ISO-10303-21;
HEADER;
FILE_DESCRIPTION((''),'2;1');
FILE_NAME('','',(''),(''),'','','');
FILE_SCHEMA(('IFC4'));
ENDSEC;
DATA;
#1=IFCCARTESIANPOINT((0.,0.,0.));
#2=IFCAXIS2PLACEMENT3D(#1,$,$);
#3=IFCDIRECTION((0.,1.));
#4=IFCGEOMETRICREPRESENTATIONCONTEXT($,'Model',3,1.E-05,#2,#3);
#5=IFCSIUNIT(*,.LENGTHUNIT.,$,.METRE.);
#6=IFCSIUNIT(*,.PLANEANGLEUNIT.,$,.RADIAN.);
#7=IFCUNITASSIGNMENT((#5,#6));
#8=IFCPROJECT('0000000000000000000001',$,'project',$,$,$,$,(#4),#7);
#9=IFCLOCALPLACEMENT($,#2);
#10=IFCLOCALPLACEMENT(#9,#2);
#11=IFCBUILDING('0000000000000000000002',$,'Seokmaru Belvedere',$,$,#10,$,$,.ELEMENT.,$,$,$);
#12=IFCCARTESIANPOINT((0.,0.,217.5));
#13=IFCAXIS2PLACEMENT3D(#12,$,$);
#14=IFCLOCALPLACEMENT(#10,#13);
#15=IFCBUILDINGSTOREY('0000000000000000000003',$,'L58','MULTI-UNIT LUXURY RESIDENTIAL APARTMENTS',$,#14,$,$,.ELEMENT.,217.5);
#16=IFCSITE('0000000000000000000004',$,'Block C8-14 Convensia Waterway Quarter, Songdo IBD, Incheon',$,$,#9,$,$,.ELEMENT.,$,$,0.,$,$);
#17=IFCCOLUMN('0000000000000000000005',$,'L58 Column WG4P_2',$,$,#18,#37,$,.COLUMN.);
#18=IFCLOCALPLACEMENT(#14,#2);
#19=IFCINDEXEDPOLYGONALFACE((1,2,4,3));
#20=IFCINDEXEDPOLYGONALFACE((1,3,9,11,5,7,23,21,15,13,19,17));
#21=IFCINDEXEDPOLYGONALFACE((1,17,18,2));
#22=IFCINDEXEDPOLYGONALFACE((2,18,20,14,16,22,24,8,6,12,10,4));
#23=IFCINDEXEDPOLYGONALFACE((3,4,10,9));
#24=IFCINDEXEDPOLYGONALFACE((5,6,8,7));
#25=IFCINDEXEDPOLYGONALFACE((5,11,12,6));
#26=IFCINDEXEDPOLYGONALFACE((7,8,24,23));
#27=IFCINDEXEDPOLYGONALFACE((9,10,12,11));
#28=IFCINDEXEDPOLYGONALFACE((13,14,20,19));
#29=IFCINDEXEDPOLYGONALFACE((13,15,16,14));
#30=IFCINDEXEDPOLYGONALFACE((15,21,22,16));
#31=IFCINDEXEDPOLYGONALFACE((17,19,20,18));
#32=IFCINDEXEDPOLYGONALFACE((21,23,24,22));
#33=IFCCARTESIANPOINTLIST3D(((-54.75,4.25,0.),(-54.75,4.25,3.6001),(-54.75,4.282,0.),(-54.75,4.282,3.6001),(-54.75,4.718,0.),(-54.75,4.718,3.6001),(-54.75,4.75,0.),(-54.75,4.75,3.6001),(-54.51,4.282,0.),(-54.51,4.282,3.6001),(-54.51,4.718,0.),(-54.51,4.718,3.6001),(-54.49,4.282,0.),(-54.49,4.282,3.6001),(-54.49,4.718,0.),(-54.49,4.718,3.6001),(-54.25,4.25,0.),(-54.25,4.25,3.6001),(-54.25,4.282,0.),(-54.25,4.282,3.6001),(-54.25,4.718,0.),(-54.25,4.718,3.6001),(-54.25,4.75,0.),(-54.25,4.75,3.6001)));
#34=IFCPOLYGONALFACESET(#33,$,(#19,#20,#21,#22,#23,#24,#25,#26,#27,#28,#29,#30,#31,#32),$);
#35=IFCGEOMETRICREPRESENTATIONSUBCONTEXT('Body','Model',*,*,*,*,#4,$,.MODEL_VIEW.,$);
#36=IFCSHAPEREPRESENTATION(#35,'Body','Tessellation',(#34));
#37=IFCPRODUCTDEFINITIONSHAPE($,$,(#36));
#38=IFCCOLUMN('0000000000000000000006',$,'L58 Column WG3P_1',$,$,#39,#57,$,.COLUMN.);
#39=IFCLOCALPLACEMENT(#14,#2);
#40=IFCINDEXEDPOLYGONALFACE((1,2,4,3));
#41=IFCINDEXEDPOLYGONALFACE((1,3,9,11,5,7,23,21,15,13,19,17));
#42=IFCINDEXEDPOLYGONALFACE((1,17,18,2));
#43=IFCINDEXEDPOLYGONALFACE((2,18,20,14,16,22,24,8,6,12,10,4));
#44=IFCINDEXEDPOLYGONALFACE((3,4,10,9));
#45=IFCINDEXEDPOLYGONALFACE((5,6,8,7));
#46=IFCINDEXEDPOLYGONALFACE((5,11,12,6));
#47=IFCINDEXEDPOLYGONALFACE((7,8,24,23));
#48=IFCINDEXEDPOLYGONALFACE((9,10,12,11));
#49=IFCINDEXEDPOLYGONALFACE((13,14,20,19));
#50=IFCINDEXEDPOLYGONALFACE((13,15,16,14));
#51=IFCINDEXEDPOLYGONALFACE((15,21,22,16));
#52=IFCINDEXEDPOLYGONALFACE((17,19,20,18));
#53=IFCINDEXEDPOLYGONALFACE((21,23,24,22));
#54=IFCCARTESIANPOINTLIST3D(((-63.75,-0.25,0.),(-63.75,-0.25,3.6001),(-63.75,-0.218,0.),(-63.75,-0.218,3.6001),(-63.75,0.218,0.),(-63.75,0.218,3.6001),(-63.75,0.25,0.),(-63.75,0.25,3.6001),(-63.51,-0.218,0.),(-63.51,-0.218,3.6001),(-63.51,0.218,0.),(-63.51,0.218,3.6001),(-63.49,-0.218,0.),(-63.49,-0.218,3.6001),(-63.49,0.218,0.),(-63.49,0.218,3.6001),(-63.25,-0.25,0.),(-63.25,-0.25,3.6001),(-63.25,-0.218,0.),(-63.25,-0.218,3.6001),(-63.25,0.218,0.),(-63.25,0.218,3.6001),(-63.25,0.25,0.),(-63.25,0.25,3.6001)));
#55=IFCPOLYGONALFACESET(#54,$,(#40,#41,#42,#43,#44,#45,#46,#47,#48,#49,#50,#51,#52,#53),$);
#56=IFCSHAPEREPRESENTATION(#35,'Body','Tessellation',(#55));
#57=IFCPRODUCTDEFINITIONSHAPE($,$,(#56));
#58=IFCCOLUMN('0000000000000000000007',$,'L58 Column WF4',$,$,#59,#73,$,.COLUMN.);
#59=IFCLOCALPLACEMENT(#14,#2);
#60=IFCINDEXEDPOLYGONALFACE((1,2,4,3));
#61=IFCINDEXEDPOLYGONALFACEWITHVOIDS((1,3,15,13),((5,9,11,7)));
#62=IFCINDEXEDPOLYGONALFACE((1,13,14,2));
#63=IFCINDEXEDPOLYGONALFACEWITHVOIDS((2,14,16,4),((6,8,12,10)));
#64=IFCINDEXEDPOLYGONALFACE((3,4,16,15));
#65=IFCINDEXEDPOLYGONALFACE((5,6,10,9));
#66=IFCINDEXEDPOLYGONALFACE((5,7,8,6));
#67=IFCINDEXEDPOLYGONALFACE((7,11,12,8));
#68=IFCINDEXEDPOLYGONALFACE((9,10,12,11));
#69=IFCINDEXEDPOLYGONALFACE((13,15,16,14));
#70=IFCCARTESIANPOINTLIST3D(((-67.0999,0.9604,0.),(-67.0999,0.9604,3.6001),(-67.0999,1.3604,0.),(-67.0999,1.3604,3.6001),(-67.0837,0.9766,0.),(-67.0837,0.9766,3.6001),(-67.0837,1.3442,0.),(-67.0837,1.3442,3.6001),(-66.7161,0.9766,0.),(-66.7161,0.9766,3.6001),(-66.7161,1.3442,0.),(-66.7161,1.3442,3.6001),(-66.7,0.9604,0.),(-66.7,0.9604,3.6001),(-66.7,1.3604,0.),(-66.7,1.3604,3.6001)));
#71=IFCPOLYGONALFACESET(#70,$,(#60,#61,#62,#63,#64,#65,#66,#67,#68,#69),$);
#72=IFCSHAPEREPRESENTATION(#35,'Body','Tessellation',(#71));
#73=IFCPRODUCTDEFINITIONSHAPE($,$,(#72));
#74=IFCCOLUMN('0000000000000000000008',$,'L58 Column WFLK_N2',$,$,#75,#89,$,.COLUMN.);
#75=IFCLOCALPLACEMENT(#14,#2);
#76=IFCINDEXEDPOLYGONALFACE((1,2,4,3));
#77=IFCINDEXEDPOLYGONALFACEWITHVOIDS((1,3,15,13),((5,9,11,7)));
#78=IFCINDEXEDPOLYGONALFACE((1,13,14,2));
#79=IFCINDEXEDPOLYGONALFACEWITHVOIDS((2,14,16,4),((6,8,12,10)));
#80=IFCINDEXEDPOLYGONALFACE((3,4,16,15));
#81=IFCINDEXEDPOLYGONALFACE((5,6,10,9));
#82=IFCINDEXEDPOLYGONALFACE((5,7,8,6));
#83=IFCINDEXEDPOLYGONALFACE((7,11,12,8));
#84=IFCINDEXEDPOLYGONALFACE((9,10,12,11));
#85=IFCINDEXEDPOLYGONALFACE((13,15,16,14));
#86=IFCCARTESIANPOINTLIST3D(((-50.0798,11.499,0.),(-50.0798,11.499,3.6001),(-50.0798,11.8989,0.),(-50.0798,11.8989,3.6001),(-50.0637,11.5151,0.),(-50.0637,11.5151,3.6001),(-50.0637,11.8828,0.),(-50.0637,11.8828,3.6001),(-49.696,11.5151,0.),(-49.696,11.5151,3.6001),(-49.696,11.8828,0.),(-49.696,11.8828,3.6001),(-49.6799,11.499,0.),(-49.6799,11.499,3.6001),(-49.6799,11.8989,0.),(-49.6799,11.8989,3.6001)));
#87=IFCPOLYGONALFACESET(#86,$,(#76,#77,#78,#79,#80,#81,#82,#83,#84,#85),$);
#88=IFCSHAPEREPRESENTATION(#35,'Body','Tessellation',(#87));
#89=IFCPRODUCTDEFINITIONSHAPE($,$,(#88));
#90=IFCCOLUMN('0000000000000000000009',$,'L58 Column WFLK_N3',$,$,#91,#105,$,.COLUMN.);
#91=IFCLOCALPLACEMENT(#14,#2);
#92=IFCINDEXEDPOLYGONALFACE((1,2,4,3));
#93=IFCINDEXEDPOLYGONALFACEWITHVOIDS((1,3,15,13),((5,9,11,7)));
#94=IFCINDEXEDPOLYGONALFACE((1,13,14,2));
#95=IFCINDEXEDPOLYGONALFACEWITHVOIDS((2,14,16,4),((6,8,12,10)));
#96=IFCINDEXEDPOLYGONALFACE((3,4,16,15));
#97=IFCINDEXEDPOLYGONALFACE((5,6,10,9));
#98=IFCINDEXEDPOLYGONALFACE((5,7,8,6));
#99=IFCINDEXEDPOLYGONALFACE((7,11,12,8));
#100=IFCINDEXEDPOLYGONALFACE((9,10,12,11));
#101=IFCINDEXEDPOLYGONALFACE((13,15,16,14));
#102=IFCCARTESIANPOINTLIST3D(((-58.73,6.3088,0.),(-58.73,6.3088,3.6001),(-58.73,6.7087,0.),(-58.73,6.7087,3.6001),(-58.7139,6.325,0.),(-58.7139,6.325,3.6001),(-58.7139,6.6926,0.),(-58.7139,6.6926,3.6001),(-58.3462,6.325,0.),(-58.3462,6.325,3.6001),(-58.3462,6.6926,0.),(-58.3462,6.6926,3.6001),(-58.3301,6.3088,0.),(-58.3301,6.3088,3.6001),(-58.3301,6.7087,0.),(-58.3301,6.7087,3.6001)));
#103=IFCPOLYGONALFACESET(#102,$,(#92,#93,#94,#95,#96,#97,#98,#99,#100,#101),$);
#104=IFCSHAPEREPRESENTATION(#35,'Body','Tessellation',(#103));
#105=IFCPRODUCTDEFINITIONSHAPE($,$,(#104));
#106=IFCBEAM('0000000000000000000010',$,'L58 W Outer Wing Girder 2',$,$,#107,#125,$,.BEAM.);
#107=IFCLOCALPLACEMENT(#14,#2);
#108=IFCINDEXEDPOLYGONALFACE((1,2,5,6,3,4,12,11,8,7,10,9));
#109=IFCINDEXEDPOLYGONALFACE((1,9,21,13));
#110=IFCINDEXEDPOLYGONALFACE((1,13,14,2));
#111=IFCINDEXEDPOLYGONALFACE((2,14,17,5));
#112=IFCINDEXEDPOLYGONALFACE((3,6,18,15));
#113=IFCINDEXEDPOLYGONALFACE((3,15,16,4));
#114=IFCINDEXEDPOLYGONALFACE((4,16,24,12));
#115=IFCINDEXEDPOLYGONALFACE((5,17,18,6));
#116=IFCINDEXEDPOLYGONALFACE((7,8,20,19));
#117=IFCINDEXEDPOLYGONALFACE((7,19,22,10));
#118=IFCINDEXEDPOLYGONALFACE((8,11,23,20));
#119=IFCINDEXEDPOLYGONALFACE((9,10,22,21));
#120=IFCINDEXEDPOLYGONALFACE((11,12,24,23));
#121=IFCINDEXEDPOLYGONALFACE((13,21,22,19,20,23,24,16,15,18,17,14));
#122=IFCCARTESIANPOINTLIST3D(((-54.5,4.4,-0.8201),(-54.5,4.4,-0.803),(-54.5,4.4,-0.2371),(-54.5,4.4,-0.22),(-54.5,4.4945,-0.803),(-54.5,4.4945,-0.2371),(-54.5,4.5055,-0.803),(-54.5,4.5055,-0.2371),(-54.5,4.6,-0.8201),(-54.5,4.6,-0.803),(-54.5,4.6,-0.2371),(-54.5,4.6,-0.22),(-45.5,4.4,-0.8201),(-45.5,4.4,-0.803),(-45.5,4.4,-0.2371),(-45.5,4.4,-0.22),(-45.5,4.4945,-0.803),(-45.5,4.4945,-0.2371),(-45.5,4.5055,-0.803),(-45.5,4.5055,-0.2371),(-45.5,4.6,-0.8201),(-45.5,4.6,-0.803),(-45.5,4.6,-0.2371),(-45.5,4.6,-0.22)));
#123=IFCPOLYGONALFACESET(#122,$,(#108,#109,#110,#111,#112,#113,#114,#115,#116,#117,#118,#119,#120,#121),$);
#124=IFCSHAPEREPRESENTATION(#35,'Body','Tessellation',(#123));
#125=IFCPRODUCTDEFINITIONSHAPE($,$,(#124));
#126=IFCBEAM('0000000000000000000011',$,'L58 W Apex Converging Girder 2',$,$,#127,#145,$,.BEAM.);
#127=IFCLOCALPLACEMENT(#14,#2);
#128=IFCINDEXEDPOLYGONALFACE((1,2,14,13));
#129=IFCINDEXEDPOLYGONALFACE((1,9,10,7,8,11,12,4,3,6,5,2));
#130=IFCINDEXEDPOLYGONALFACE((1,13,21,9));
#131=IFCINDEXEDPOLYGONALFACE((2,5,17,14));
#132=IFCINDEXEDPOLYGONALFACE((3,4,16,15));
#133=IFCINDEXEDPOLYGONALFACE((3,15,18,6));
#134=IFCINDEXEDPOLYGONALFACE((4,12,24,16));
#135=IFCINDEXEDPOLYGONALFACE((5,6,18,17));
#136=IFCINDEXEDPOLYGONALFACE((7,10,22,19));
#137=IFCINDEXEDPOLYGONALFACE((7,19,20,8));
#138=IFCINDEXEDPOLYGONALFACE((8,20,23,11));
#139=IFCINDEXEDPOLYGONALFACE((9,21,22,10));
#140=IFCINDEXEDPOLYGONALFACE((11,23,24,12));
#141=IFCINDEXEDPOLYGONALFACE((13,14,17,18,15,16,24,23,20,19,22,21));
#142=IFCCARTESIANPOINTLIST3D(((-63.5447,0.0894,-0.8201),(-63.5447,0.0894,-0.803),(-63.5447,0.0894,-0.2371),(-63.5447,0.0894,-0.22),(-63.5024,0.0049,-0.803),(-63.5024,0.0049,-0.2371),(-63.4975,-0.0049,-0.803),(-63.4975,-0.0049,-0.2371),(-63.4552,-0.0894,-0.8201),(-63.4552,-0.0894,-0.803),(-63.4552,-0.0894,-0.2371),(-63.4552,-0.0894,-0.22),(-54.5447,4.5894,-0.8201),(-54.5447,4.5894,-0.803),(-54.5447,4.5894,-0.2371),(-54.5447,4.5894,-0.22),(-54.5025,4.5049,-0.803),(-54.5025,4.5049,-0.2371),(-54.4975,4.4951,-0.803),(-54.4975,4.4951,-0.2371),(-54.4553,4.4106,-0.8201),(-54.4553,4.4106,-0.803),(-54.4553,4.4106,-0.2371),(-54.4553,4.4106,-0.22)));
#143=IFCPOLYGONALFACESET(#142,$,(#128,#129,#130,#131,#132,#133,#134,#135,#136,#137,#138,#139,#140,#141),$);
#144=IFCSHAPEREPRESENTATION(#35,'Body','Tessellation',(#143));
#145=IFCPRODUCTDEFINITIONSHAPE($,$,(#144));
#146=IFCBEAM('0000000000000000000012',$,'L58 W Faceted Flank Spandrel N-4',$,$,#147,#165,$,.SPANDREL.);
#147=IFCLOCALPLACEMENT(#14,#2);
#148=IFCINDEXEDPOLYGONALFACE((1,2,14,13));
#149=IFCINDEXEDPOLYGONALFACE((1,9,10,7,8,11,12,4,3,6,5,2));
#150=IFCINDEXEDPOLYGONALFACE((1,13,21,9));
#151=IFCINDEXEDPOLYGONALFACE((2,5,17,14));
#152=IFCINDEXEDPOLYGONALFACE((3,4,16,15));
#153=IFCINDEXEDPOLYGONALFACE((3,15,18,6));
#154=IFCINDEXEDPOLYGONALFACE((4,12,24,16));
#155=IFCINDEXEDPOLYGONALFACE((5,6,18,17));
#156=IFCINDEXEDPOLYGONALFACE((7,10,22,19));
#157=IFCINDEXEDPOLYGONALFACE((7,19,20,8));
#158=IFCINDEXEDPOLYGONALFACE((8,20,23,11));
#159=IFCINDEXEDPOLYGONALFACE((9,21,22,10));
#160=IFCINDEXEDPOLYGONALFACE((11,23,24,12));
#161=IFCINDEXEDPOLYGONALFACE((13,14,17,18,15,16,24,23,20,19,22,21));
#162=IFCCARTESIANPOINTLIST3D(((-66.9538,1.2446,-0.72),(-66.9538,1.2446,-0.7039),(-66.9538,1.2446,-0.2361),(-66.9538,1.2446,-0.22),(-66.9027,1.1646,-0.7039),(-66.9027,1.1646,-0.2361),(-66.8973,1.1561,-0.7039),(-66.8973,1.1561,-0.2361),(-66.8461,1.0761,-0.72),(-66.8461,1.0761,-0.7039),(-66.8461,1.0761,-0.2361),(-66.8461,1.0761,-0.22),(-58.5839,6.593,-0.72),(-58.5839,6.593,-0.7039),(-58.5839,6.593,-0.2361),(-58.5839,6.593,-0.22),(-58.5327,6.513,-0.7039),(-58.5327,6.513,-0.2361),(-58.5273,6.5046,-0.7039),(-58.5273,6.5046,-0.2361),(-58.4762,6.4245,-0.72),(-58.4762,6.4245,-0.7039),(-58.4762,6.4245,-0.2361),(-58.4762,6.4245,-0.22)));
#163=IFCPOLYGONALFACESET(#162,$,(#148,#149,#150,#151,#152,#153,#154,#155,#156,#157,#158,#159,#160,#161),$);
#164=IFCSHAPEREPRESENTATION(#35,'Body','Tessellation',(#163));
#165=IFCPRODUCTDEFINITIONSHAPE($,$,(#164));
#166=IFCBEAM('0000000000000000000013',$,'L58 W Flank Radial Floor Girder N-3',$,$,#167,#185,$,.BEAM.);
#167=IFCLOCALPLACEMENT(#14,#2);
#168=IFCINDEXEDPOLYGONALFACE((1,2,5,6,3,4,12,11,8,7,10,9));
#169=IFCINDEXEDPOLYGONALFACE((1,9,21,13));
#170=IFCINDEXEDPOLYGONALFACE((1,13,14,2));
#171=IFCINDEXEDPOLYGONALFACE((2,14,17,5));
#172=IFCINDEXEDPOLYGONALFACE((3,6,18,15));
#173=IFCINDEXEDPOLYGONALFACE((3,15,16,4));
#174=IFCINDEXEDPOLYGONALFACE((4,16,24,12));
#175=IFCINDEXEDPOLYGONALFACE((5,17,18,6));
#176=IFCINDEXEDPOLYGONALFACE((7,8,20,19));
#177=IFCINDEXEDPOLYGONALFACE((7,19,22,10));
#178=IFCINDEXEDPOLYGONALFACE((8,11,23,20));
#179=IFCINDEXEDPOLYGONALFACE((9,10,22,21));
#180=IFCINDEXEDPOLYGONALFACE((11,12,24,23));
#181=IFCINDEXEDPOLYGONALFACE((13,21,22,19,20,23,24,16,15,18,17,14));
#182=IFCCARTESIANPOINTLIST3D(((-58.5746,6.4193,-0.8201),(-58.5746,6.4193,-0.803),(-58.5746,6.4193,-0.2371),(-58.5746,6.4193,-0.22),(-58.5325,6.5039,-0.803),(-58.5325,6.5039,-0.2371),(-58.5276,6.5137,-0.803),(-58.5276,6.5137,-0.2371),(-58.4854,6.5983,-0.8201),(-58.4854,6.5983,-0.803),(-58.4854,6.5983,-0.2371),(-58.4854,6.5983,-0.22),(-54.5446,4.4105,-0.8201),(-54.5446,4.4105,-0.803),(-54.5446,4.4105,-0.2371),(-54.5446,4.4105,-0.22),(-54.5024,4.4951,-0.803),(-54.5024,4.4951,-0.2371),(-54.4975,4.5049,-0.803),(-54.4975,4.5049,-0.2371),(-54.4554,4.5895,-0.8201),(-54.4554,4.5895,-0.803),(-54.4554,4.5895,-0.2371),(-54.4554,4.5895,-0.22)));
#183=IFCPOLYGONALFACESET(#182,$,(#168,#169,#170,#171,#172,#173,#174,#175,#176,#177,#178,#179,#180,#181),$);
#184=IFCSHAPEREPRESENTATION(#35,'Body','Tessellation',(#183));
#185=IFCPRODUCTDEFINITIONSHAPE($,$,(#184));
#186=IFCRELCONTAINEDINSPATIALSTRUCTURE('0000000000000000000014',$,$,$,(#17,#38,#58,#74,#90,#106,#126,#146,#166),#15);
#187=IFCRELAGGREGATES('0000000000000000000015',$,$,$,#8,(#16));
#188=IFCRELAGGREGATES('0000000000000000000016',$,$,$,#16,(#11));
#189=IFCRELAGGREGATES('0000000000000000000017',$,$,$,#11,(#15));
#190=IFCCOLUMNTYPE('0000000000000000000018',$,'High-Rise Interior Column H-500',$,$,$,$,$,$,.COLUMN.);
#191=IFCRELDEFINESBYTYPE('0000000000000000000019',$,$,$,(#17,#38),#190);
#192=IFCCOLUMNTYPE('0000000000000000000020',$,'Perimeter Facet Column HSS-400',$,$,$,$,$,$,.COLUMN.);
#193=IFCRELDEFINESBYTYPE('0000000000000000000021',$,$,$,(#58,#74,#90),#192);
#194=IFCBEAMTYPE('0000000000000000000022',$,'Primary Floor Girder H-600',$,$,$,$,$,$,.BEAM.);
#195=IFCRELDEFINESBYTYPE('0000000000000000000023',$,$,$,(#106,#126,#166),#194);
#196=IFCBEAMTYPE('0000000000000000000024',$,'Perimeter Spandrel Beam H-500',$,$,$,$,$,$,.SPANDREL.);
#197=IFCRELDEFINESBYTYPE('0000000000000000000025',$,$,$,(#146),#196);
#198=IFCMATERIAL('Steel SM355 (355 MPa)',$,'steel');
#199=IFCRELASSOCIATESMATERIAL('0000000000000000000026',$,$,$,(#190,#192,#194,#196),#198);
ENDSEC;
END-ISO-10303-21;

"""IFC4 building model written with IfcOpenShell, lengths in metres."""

from ifc_helpers import new_model, si_unit, direction, frame, origin, origin_2d, place, context, subcontext, project, spatial, hollow_rectangle, i_section, extrude, source, transform, mapped, material, material_profile, profile_set, type_object, type_shapes, element, save


model = new_model("IFC4")

# Units and contexts
model_context = context("Model", 3, precision=1e-05, world=origin(), true_north=direction((0.0, 1.0)))
body_context = subcontext(model_context, "Body", "Model", "MODEL_VIEW")
ifc_project = project(units=[si_unit("LENGTHUNIT", "METRE"), si_unit("PLANEANGLEUNIT", "RADIAN")], contexts=[model_context])

# Site, building, storey
site_placement = place(None, origin())
site = spatial("IfcSite", under=ifc_project, at=site_placement, Name="Block C8-14 Convensia Waterway Quarter, Songdo IBD, Incheon", CompositionType="ELEMENT", RefElevation=0.0)
building_placement = place(site_placement, origin())
building = spatial("IfcBuilding", under=site, at=building_placement, Name="Seokmaru Belvedere", CompositionType="ELEMENT")
storey_placement = place(building_placement, frame((0.0, 0.0, 217.5)))
storey = spatial("IfcBuildingStorey", under=building, at=storey_placement, Name="L58", Description="MULTI-UNIT LUXURY RESIDENTIAL APARTMENTS", CompositionType="ELEMENT", Elevation=217.5)

# Columns
ifc_material_1 = material(Name="Steel SM355 (355 MPa)", Category="steel")
ifc_material_profile_1 = material_profile(ifc_material_1, i_section(OverallWidth=0.5, OverallDepth=0.5, WebThickness=0.02, FlangeThickness=0.032, at=origin_2d()), Name="H-500x500x20x32")
ifc_profile_set_1 = profile_set([ifc_material_profile_1], Name="Steel SM355 (355 MPa)")
column_type_1 = type_object("IfcColumnType", Name="High-Rise Interior Column H-500", PredefinedType="COLUMN", material=ifc_profile_set_1)
shared_shape_1 = source(origin(), body_context, "Body", "SweptSolid", [
    extrude(i_section(OverallWidth=0.5, OverallDepth=0.5, WebThickness=0.02, FlangeThickness=0.032, at=origin_2d()), origin(), (0.0, 0.0, 1.0), 3.6001),
])
type_shapes(column_type_1, [shared_shape_1])
for number, where, z_axis, x_axis, name in (
    (1, (-54.5, 4.5, 0.0), (0.0, 0.0, 1.0), (1.0, 0.0, 0.0), "L58 Column WG4P_2"),
    (2, (-63.5, 0.0, 0.0), (0.0, 0.0, 1.0), (1.0, 0.0, 0.0), "L58 Column WG3P_1"),
):
    element("IfcColumn", number, at=place(storey_placement, frame(where, z_axis=z_axis, x_axis=x_axis)), inside=storey, type_object=column_type_1, Name=name, PredefinedType="COLUMN", context=body_context, shape_type="MappedRepresentation", body=[
        mapped(shared_shape_1, transform((0.0, 0.0, 0.0), scale=1.0)),
    ])
ifc_material_profile_2 = material_profile(ifc_material_1, hollow_rectangle(XDim=0.3999, YDim=0.3999, WallThickness=0.0161, at=origin_2d()), Name="HSS-400x400x16")
ifc_profile_set_2 = profile_set([ifc_material_profile_2], Name="Steel SM355 (355 MPa)")
column_type_2 = type_object("IfcColumnType", Name="Perimeter Facet Column HSS-400", PredefinedType="COLUMN", material=ifc_profile_set_2)
shared_shape_2 = source(origin(), body_context, "Body", "SweptSolid", [
    extrude(hollow_rectangle(XDim=0.3999, YDim=0.3999, WallThickness=0.0161, at=origin_2d()), origin(), (0.0, 0.0, 1.0), 3.6001),
])
type_shapes(column_type_2, [shared_shape_2])
for number, where, z_axis, x_axis, name in (
    (3, (-66.8999, 1.1604, 0.0), (0.0, 0.0, 1.0), (1.0, 0.0, 0.0), "L58 Column WF4"),
    (4, (-49.8799, 11.699, 0.0), (0.0, 0.0, 1.0), (1.0, 0.0, 0.0), "L58 Column WFLK_N2"),
    (5, (-58.53, 6.5088, 0.0), (0.0, 0.0, 1.0), (1.0, 0.0, 0.0), "L58 Column WFLK_N3"),
):
    element("IfcColumn", number, at=place(storey_placement, frame(where, z_axis=z_axis, x_axis=x_axis)), inside=storey, type_object=column_type_2, Name=name, PredefinedType="COLUMN", context=body_context, shape_type="MappedRepresentation", body=[
        mapped(shared_shape_2, transform((0.0, 0.0, 0.0), scale=1.0)),
    ])

# Beams
ifc_material_profile_3 = material_profile(ifc_material_1, i_section(OverallWidth=0.2, OverallDepth=0.6001, WebThickness=0.011, FlangeThickness=0.0171, at=origin_2d()), Name="H-600x200x11x17")
ifc_profile_set_3 = profile_set([ifc_material_profile_3], Name="Steel SM355 (355 MPa)")
beam_type_1 = type_object("IfcBeamType", Name="Primary Floor Girder H-600", PredefinedType="BEAM", material=ifc_profile_set_3)
shared_shape_3 = source(origin(), body_context, "Body", "SweptSolid", [
    extrude(i_section(OverallWidth=0.2, OverallDepth=0.6001, WebThickness=0.011, FlangeThickness=0.0171, at=origin_2d()), origin(), (0.0, 0.0, 1.0), 9.0),
])
beam_1_placement = place(storey_placement, frame((-54.5, 4.5, -0.52), z_axis=(1.0, 0.0, 0.0), x_axis=(0.0, 1.0, 0.0)))
element("IfcBeam", 6, at=beam_1_placement, inside=storey, type_object=beam_type_1, Name="L58 W Outer Wing Girder 2", PredefinedType="BEAM", context=body_context, shape_type="MappedRepresentation", body=[
    mapped(shared_shape_3, transform((0.0, 0.0, 0.0), scale=1.0)),
])
shared_shape_4 = source(origin(), body_context, "Body", "SweptSolid", [
    extrude(i_section(OverallWidth=0.2, OverallDepth=0.6001, WebThickness=0.011, FlangeThickness=0.0171, at=origin_2d()), origin(), (0.0, 0.0, 1.0), 10.0623),
])
beam_2_placement = place(storey_placement, frame((-54.5, 4.5, -0.52), z_axis=(-0.894427, -0.447214, 0.0), x_axis=(0.447214, -0.894427, 0.0)))
element("IfcBeam", 7, at=beam_2_placement, inside=storey, type_object=beam_type_1, Name="L58 W Apex Converging Girder 2", PredefinedType="BEAM", context=body_context, shape_type="MappedRepresentation", body=[
    mapped(shared_shape_4, transform((0.0, 0.0, 0.0), scale=1.0)),
])
ifc_material_profile_4 = material_profile(ifc_material_1, i_section(OverallWidth=0.2, OverallDepth=0.5, WebThickness=0.01, FlangeThickness=0.0161, at=origin_2d()), Name="H-500x200x10x16")
ifc_profile_set_4 = profile_set([ifc_material_profile_4], Name="Steel SM355 (355 MPa)")
beam_type_2 = type_object("IfcBeamType", Name="Perimeter Spandrel Beam H-500", PredefinedType="SPANDREL", material=ifc_profile_set_4)
shared_shape_5 = source(origin(), body_context, "Body", "SweptSolid", [
    extrude(i_section(OverallWidth=0.2, OverallDepth=0.5, WebThickness=0.01, FlangeThickness=0.0161, at=origin_2d()), origin(), (0.0, 0.0, 1.0), 9.9329),
])
type_shapes(beam_type_2, [shared_shape_5])
beam_3_placement = place(storey_placement, frame((-58.53, 6.5088, -0.47), z_axis=(-0.842652, -0.538459, 0.0), x_axis=(0.538459, -0.842652, 0.0)))
element("IfcBeam", 8, at=beam_3_placement, inside=storey, type_object=beam_type_2, Name="L58 W Faceted Flank Spandrel N-4", PredefinedType="SPANDREL", context=body_context, shape_type="MappedRepresentation", body=[
    mapped(shared_shape_5, transform((0.0, 0.0, 0.0), scale=1.0)),
])
shared_shape_6 = source(origin(), body_context, "Body", "SweptSolid", [
    extrude(i_section(OverallWidth=0.2, OverallDepth=0.6001, WebThickness=0.011, FlangeThickness=0.0171, at=origin_2d()), origin(), (0.0, 0.0, 1.0), 4.5029),
])
beam_4_placement = place(storey_placement, frame((-58.53, 6.5088, -0.52), z_axis=(0.89498, -0.446107, 0.0), x_axis=(0.446107, 0.89498, 0.0)))
element("IfcBeam", 9, at=beam_4_placement, inside=storey, type_object=beam_type_1, Name="L58 W Flank Radial Floor Girder N-3", PredefinedType="BEAM", context=body_context, shape_type="MappedRepresentation", body=[
    mapped(shared_shape_6, transform((0.0, 0.0, 0.0), scale=1.0)),
])

save(model, "model.ifc")
